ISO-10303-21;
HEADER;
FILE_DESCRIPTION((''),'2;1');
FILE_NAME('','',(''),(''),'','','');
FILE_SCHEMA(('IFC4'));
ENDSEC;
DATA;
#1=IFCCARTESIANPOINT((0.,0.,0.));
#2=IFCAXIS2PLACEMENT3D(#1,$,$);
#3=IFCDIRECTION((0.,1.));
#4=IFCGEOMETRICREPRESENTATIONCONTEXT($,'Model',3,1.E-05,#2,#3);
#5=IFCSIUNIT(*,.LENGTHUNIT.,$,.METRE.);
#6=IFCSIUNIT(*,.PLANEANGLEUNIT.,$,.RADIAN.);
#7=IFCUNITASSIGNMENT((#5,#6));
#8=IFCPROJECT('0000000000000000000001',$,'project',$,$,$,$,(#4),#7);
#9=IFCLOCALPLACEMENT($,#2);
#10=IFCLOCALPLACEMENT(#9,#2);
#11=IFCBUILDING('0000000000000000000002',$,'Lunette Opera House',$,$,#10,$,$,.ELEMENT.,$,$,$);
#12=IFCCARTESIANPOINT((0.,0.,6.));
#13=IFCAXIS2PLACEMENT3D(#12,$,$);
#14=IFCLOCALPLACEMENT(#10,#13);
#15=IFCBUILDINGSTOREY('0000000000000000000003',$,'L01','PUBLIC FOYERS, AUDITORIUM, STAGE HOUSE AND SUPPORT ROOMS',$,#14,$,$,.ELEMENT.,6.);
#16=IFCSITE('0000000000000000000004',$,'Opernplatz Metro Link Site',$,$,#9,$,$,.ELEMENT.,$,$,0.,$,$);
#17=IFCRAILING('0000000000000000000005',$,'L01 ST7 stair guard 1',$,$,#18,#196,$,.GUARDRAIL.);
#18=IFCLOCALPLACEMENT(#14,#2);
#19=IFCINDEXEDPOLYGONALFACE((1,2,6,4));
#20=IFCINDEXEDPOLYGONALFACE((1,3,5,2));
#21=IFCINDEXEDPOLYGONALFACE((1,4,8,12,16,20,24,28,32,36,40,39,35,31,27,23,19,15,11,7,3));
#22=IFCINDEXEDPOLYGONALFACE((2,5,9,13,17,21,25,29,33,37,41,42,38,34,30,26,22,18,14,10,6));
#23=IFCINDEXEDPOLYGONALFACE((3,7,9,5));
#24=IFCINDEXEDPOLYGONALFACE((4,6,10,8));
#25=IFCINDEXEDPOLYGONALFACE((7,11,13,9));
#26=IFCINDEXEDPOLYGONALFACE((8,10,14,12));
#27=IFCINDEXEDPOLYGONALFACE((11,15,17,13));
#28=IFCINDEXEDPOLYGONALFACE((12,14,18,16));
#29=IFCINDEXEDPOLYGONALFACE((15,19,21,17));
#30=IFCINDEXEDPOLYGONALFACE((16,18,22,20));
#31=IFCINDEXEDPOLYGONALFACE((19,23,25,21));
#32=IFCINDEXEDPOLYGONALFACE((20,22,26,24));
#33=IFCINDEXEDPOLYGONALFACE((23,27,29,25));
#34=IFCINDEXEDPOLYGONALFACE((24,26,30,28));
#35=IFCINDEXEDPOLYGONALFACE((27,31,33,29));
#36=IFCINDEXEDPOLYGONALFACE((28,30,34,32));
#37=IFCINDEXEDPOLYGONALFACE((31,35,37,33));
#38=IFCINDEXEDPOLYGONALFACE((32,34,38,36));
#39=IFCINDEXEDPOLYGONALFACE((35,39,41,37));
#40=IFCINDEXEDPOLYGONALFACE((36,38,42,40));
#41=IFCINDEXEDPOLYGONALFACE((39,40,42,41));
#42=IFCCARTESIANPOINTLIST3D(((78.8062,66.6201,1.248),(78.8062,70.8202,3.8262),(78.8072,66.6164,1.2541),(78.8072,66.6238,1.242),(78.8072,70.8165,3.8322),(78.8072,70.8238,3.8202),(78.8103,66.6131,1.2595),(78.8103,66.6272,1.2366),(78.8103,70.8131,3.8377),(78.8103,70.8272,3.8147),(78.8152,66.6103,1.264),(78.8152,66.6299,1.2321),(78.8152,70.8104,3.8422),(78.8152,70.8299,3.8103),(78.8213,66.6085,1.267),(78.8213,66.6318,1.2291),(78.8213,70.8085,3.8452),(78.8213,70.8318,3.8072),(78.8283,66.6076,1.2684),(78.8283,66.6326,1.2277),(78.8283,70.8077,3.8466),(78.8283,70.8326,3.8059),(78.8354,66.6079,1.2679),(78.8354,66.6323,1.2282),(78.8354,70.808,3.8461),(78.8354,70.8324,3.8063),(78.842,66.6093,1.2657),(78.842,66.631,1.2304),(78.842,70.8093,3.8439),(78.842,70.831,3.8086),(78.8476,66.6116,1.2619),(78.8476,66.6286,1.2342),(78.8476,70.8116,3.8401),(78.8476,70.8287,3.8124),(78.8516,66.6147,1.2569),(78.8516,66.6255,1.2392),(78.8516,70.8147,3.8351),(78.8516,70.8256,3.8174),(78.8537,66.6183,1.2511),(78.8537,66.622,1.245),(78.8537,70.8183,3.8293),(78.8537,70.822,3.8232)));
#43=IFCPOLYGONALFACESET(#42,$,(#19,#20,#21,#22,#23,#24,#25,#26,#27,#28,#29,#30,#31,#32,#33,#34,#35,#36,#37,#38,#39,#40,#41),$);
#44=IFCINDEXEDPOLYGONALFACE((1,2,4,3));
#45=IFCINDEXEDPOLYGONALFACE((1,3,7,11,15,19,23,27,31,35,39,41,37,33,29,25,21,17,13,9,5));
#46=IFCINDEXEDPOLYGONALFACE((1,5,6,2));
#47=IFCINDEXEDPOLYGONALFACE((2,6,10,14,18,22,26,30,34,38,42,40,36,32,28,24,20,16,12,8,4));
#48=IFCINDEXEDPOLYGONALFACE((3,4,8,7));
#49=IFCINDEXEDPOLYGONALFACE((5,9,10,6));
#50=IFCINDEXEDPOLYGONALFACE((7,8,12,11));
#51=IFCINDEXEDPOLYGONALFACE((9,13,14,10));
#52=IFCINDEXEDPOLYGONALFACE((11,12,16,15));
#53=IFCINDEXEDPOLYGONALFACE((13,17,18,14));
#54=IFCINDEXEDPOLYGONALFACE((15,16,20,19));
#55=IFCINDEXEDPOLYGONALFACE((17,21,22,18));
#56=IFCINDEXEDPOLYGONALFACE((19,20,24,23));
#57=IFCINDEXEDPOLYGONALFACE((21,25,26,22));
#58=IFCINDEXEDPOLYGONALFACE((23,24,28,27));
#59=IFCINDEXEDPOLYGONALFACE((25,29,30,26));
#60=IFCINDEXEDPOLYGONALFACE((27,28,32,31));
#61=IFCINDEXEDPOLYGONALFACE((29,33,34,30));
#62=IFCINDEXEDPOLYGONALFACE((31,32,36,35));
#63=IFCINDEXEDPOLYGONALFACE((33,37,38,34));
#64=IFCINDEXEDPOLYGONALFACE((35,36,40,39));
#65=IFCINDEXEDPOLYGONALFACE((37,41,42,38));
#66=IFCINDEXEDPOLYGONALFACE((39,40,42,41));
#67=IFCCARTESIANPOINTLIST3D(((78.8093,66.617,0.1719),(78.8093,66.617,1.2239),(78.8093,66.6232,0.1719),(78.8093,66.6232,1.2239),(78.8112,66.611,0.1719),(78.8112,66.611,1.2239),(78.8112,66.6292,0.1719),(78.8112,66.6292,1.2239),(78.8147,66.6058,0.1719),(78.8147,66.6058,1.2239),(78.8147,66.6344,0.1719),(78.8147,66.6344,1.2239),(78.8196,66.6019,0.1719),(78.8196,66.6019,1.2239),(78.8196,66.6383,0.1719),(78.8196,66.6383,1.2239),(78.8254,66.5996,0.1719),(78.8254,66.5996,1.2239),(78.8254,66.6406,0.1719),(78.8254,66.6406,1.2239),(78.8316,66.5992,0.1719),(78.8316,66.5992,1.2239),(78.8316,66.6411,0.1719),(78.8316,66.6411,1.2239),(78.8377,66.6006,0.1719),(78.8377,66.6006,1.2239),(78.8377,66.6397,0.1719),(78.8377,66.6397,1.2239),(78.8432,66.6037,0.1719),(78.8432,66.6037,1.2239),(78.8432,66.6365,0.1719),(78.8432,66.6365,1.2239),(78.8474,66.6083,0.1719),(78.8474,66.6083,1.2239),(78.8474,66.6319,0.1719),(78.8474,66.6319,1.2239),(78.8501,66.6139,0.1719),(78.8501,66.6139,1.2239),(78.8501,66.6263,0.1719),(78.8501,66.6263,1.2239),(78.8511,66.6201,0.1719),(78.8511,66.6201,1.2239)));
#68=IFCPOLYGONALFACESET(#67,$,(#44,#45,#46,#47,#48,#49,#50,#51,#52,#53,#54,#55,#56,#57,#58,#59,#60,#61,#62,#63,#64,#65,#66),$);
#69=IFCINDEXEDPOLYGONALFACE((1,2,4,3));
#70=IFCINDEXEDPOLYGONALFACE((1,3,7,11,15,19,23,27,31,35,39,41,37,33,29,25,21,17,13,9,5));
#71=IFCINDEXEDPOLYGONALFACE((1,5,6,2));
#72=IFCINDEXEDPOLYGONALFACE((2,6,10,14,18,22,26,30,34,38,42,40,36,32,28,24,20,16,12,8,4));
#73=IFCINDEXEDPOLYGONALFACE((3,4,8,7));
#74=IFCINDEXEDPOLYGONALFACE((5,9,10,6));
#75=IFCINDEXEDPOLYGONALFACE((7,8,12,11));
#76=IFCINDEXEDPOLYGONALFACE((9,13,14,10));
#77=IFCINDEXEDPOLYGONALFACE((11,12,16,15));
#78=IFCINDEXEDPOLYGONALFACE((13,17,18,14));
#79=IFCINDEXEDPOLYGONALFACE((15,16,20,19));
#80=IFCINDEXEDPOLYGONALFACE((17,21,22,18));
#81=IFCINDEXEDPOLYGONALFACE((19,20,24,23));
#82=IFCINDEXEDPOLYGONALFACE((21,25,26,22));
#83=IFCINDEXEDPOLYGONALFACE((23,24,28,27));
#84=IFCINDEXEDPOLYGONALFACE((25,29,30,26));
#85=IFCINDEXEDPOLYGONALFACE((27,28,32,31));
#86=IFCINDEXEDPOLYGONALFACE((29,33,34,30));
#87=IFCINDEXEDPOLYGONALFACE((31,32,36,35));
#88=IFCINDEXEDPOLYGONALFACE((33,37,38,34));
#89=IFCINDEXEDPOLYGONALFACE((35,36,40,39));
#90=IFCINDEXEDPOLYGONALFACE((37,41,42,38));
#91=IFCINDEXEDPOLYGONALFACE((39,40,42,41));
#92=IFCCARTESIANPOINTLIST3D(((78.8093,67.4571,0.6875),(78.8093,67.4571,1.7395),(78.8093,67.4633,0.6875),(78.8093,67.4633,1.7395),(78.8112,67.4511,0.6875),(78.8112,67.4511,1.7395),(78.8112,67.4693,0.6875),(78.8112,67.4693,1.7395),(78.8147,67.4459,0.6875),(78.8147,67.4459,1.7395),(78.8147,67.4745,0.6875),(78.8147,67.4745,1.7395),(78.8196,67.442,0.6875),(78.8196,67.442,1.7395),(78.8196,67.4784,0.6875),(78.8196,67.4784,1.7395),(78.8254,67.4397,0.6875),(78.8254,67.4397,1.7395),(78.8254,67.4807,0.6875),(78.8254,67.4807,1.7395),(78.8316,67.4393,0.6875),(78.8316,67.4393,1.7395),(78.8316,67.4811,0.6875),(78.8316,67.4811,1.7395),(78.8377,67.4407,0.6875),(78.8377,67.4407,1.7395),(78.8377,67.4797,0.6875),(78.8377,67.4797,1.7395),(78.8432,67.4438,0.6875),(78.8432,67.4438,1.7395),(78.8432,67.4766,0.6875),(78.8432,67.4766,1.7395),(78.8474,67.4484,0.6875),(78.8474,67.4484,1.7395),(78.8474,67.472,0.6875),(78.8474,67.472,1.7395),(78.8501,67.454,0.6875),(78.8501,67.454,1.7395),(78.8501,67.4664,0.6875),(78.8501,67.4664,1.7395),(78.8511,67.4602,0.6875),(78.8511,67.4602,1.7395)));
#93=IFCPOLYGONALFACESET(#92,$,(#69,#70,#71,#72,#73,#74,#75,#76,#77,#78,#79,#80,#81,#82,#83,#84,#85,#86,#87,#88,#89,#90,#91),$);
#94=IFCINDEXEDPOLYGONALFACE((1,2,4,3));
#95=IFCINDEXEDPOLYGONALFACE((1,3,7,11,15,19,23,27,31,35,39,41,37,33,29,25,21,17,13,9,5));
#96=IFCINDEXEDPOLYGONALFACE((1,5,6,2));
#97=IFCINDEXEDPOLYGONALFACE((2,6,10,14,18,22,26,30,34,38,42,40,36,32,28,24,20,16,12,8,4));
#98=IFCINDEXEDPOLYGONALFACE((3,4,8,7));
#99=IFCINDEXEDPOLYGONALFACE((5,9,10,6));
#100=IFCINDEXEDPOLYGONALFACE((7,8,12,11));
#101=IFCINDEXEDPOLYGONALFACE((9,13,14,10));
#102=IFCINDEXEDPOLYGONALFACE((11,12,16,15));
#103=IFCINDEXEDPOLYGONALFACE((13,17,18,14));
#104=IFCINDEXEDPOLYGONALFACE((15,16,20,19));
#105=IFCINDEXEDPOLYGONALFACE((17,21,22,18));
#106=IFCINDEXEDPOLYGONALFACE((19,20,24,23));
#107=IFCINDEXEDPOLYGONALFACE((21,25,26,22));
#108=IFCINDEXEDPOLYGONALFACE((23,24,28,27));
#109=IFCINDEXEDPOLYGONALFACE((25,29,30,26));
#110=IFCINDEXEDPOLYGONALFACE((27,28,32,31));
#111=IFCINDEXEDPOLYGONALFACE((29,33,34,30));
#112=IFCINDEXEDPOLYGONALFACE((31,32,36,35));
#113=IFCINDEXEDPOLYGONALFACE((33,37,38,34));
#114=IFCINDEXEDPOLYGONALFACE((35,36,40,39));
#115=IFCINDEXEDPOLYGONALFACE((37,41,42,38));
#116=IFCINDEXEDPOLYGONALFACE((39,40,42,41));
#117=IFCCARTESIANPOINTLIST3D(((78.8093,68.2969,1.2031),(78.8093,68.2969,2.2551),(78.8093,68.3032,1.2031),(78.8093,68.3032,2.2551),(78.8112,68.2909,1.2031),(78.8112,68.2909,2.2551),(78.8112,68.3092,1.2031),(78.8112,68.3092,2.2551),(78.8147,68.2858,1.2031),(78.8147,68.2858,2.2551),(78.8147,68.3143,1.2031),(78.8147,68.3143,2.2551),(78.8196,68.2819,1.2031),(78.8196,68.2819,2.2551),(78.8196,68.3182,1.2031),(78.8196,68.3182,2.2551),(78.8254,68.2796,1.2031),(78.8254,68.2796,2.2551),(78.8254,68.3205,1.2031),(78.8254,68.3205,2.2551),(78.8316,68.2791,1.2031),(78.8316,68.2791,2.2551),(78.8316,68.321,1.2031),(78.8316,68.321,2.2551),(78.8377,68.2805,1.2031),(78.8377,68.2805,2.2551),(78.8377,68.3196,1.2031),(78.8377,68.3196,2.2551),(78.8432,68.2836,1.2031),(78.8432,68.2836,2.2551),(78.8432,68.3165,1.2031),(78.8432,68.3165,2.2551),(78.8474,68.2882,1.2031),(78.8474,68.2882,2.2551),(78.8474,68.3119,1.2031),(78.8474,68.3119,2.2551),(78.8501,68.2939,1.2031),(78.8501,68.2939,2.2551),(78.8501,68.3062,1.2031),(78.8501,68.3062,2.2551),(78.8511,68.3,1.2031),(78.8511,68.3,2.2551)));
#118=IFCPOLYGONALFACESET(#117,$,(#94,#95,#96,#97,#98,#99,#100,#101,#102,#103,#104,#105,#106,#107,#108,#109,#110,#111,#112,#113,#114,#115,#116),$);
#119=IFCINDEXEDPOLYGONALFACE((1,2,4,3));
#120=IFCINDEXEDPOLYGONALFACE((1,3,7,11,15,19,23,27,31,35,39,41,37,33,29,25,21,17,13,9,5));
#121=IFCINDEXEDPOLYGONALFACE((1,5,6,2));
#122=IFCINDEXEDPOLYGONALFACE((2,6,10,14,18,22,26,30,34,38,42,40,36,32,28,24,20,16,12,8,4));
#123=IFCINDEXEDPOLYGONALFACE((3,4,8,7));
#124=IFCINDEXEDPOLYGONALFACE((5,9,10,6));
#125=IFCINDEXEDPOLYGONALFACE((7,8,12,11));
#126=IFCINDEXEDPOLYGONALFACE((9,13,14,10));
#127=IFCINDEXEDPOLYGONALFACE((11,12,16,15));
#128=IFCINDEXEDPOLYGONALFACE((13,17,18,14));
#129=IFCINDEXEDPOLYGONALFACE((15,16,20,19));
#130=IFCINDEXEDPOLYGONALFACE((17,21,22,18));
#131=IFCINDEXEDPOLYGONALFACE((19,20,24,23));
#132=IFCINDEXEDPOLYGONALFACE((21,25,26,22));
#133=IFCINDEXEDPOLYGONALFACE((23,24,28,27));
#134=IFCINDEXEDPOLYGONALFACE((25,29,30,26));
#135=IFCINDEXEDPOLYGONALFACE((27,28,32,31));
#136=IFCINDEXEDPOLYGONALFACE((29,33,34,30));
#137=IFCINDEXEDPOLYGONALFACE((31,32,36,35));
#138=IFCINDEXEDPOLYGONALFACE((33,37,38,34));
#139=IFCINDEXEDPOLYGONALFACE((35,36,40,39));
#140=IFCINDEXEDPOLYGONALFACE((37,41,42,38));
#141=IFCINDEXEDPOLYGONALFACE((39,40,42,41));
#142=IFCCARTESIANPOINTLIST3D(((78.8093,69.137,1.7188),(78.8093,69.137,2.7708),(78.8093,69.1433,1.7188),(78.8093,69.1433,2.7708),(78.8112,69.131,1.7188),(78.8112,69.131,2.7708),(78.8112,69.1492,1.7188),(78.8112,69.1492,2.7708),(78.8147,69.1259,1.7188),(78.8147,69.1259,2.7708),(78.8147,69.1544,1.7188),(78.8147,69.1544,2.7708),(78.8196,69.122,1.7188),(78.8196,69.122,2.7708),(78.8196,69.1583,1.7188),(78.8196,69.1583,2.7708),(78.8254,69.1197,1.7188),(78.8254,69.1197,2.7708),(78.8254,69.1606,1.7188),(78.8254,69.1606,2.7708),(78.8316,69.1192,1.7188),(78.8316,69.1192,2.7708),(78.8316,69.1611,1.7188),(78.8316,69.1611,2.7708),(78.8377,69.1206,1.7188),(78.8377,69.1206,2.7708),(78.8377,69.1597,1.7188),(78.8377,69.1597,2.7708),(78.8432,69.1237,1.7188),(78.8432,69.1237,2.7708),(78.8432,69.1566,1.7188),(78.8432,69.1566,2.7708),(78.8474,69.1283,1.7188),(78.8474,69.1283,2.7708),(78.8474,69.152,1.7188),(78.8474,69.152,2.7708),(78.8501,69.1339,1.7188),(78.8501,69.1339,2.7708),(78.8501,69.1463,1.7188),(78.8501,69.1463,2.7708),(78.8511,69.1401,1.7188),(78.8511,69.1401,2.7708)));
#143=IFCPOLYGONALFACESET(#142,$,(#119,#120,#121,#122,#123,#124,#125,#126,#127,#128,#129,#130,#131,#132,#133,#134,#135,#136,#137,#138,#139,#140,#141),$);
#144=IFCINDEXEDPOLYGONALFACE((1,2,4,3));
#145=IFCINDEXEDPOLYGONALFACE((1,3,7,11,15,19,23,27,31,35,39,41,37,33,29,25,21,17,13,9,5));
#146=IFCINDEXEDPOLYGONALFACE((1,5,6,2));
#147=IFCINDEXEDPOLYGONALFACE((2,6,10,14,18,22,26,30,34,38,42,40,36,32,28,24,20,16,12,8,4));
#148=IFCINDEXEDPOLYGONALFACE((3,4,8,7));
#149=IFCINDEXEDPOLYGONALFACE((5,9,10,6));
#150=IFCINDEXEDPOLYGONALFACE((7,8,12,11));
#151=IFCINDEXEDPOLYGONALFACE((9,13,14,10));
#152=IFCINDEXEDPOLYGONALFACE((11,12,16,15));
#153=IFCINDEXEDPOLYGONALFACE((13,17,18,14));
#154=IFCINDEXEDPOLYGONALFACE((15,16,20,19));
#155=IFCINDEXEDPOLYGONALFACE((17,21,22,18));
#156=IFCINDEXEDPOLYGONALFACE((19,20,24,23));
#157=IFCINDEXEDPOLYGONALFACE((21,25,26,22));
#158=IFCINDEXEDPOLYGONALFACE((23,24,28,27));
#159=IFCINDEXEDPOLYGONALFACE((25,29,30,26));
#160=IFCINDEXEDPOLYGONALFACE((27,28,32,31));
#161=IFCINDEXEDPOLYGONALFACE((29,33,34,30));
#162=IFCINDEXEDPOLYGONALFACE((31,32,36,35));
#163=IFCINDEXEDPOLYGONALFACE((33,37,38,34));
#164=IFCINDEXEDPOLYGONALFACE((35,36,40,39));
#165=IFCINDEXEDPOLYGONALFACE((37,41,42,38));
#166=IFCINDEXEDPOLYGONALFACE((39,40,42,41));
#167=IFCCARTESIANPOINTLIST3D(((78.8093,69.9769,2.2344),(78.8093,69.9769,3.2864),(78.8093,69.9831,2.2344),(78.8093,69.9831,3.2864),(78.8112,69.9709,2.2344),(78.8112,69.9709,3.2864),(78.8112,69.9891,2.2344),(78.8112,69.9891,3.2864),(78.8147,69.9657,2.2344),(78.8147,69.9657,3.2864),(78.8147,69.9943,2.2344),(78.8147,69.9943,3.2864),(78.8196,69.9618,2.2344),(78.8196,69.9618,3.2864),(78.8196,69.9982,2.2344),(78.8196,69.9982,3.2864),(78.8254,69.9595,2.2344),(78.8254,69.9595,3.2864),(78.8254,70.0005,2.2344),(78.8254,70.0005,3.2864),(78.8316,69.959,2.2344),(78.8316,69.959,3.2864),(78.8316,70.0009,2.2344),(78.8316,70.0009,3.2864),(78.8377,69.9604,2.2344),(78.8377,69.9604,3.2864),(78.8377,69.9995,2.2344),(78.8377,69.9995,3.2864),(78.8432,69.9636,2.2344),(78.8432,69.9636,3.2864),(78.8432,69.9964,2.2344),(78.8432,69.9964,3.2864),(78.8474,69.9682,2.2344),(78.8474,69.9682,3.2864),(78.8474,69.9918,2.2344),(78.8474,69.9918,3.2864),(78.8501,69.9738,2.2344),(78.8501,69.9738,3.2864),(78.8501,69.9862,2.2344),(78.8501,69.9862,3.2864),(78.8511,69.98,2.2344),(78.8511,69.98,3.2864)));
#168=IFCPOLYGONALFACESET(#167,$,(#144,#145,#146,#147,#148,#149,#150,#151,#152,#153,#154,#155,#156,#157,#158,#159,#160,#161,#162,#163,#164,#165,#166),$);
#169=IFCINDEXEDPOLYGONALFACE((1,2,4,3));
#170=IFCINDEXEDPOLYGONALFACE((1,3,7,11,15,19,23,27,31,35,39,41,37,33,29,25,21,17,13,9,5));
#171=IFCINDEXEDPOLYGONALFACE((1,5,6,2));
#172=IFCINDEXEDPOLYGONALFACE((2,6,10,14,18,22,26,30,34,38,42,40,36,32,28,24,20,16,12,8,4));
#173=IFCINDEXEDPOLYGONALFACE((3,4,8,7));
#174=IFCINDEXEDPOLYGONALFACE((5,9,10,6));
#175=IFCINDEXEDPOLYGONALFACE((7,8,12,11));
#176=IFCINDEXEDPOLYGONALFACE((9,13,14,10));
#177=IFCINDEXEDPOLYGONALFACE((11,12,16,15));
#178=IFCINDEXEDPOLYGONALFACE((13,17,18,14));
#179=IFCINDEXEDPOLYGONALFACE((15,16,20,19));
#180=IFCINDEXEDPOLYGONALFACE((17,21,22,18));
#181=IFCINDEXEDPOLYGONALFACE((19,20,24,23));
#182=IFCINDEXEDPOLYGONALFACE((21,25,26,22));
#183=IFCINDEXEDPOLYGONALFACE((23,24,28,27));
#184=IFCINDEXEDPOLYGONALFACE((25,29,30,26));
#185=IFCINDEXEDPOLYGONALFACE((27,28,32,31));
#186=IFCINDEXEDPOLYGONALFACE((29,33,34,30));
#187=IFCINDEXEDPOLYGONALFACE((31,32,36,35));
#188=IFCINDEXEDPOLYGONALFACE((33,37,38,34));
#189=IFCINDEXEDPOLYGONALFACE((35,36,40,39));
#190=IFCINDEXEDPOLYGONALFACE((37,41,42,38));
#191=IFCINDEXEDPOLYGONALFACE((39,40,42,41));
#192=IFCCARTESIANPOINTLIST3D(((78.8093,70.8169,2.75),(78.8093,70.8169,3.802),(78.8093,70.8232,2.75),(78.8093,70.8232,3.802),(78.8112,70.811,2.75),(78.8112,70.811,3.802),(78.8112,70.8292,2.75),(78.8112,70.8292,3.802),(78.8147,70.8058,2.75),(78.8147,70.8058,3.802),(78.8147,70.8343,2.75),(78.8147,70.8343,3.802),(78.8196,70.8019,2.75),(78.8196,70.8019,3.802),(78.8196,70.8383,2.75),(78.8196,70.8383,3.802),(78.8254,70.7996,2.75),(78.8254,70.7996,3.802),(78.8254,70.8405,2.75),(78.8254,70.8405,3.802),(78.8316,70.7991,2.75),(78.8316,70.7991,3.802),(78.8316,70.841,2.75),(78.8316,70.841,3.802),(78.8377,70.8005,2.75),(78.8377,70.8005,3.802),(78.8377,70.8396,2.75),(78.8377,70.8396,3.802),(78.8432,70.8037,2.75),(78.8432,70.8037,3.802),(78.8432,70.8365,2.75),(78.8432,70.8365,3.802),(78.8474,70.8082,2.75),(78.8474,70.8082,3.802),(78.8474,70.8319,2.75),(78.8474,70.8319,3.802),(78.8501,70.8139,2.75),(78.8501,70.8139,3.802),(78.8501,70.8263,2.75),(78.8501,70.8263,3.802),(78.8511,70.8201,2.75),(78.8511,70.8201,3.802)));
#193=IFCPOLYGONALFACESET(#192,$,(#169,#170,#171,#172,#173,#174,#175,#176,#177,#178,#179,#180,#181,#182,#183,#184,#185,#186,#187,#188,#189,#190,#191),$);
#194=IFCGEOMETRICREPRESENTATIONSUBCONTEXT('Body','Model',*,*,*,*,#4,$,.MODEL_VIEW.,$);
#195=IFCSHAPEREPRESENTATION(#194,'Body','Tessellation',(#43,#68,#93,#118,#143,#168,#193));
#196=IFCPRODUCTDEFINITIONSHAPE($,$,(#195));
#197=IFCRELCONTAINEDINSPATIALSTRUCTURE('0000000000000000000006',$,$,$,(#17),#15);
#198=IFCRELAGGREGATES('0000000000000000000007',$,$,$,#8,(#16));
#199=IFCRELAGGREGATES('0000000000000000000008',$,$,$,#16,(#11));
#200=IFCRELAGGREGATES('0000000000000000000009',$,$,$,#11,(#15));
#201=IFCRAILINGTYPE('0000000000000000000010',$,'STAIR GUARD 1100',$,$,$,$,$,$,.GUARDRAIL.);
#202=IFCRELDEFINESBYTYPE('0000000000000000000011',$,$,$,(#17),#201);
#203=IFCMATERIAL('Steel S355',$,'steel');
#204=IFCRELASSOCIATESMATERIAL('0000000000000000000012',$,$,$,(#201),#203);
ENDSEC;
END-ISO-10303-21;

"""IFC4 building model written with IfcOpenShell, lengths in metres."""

from ifc_helpers import new_model, si_unit, direction, frame, origin, origin_2d, place, context, subcontext, project, spatial, circle, extrude, material, type_object, element, save


model = new_model("IFC4")

# Units and contexts
model_context = context("Model", 3, precision=1e-05, world=origin(), true_north=direction((0.0, 1.0)))
body_context = subcontext(model_context, "Body", "Model", "MODEL_VIEW")
ifc_project = project(units=[si_unit("LENGTHUNIT", "METRE"), si_unit("PLANEANGLEUNIT", "RADIAN")], contexts=[model_context])

# Site, building, storey
site_placement = place(None, origin())
site = spatial("IfcSite", under=ifc_project, at=site_placement, Name="Opernplatz Metro Link Site", CompositionType="ELEMENT", RefElevation=0.0)
building_placement = place(site_placement, origin())
building = spatial("IfcBuilding", under=site, at=building_placement, Name="Lunette Opera House", CompositionType="ELEMENT")
storey_placement = place(building_placement, frame((0.0, 0.0, 6.0)))
storey = spatial("IfcBuildingStorey", under=building, at=storey_placement, Name="L01", Description="PUBLIC FOYERS, AUDITORIUM, STAGE HOUSE AND SUPPORT ROOMS", CompositionType="ELEMENT", Elevation=6.0)

# Railing
ifc_material_1 = material(Name="Steel S355", Category="steel")
railing_type_1 = type_object("IfcRailingType", Name="STAIR GUARD 1100", PredefinedType="GUARDRAIL", material=ifc_material_1)
railing_1_placement = place(storey_placement, frame((78.8301, 66.6201, 0.1719)))
element("IfcRailing", 1, at=railing_1_placement, inside=storey, type_object=railing_type_1, Name="L01 ST7 stair guard 1", PredefinedType="GUARDRAIL", context=body_context, shape_type="SweptSolid", body=[
    extrude(circle(Radius=0.0239, at=origin_2d()), frame((0.0, 0.0, 1.0762), z_axis=(0.0, 0.852243, 0.523146), x_axis=(-1.0, 0.0, 0.0)), (0.0, 0.0, 1.0), 4.9282),
    extrude(circle(Radius=0.021, at=origin_2d()), origin(), (0.0, 0.0, 1.0), 1.052),
    extrude(circle(Radius=0.021, at=origin_2d()), frame((0.0, 0.8401, 0.5156)), (0.0, 0.0, 1.0), 1.052),
    extrude(circle(Radius=0.021, at=origin_2d()), frame((0.0, 1.6799, 1.0312)), (0.0, 0.0, 1.0), 1.052),
    extrude(circle(Radius=0.021, at=origin_2d()), frame((0.0, 2.52, 1.5469)), (0.0, 0.0, 1.0), 1.052),
    extrude(circle(Radius=0.021, at=origin_2d()), frame((0.0, 3.3599, 2.0625)), (0.0, 0.0, 1.0), 1.052),
    extrude(circle(Radius=0.021, at=origin_2d()), frame((0.0, 4.2, 2.5781)), (0.0, 0.0, 1.0), 1.052),
])

save(model, "model.ifc")
